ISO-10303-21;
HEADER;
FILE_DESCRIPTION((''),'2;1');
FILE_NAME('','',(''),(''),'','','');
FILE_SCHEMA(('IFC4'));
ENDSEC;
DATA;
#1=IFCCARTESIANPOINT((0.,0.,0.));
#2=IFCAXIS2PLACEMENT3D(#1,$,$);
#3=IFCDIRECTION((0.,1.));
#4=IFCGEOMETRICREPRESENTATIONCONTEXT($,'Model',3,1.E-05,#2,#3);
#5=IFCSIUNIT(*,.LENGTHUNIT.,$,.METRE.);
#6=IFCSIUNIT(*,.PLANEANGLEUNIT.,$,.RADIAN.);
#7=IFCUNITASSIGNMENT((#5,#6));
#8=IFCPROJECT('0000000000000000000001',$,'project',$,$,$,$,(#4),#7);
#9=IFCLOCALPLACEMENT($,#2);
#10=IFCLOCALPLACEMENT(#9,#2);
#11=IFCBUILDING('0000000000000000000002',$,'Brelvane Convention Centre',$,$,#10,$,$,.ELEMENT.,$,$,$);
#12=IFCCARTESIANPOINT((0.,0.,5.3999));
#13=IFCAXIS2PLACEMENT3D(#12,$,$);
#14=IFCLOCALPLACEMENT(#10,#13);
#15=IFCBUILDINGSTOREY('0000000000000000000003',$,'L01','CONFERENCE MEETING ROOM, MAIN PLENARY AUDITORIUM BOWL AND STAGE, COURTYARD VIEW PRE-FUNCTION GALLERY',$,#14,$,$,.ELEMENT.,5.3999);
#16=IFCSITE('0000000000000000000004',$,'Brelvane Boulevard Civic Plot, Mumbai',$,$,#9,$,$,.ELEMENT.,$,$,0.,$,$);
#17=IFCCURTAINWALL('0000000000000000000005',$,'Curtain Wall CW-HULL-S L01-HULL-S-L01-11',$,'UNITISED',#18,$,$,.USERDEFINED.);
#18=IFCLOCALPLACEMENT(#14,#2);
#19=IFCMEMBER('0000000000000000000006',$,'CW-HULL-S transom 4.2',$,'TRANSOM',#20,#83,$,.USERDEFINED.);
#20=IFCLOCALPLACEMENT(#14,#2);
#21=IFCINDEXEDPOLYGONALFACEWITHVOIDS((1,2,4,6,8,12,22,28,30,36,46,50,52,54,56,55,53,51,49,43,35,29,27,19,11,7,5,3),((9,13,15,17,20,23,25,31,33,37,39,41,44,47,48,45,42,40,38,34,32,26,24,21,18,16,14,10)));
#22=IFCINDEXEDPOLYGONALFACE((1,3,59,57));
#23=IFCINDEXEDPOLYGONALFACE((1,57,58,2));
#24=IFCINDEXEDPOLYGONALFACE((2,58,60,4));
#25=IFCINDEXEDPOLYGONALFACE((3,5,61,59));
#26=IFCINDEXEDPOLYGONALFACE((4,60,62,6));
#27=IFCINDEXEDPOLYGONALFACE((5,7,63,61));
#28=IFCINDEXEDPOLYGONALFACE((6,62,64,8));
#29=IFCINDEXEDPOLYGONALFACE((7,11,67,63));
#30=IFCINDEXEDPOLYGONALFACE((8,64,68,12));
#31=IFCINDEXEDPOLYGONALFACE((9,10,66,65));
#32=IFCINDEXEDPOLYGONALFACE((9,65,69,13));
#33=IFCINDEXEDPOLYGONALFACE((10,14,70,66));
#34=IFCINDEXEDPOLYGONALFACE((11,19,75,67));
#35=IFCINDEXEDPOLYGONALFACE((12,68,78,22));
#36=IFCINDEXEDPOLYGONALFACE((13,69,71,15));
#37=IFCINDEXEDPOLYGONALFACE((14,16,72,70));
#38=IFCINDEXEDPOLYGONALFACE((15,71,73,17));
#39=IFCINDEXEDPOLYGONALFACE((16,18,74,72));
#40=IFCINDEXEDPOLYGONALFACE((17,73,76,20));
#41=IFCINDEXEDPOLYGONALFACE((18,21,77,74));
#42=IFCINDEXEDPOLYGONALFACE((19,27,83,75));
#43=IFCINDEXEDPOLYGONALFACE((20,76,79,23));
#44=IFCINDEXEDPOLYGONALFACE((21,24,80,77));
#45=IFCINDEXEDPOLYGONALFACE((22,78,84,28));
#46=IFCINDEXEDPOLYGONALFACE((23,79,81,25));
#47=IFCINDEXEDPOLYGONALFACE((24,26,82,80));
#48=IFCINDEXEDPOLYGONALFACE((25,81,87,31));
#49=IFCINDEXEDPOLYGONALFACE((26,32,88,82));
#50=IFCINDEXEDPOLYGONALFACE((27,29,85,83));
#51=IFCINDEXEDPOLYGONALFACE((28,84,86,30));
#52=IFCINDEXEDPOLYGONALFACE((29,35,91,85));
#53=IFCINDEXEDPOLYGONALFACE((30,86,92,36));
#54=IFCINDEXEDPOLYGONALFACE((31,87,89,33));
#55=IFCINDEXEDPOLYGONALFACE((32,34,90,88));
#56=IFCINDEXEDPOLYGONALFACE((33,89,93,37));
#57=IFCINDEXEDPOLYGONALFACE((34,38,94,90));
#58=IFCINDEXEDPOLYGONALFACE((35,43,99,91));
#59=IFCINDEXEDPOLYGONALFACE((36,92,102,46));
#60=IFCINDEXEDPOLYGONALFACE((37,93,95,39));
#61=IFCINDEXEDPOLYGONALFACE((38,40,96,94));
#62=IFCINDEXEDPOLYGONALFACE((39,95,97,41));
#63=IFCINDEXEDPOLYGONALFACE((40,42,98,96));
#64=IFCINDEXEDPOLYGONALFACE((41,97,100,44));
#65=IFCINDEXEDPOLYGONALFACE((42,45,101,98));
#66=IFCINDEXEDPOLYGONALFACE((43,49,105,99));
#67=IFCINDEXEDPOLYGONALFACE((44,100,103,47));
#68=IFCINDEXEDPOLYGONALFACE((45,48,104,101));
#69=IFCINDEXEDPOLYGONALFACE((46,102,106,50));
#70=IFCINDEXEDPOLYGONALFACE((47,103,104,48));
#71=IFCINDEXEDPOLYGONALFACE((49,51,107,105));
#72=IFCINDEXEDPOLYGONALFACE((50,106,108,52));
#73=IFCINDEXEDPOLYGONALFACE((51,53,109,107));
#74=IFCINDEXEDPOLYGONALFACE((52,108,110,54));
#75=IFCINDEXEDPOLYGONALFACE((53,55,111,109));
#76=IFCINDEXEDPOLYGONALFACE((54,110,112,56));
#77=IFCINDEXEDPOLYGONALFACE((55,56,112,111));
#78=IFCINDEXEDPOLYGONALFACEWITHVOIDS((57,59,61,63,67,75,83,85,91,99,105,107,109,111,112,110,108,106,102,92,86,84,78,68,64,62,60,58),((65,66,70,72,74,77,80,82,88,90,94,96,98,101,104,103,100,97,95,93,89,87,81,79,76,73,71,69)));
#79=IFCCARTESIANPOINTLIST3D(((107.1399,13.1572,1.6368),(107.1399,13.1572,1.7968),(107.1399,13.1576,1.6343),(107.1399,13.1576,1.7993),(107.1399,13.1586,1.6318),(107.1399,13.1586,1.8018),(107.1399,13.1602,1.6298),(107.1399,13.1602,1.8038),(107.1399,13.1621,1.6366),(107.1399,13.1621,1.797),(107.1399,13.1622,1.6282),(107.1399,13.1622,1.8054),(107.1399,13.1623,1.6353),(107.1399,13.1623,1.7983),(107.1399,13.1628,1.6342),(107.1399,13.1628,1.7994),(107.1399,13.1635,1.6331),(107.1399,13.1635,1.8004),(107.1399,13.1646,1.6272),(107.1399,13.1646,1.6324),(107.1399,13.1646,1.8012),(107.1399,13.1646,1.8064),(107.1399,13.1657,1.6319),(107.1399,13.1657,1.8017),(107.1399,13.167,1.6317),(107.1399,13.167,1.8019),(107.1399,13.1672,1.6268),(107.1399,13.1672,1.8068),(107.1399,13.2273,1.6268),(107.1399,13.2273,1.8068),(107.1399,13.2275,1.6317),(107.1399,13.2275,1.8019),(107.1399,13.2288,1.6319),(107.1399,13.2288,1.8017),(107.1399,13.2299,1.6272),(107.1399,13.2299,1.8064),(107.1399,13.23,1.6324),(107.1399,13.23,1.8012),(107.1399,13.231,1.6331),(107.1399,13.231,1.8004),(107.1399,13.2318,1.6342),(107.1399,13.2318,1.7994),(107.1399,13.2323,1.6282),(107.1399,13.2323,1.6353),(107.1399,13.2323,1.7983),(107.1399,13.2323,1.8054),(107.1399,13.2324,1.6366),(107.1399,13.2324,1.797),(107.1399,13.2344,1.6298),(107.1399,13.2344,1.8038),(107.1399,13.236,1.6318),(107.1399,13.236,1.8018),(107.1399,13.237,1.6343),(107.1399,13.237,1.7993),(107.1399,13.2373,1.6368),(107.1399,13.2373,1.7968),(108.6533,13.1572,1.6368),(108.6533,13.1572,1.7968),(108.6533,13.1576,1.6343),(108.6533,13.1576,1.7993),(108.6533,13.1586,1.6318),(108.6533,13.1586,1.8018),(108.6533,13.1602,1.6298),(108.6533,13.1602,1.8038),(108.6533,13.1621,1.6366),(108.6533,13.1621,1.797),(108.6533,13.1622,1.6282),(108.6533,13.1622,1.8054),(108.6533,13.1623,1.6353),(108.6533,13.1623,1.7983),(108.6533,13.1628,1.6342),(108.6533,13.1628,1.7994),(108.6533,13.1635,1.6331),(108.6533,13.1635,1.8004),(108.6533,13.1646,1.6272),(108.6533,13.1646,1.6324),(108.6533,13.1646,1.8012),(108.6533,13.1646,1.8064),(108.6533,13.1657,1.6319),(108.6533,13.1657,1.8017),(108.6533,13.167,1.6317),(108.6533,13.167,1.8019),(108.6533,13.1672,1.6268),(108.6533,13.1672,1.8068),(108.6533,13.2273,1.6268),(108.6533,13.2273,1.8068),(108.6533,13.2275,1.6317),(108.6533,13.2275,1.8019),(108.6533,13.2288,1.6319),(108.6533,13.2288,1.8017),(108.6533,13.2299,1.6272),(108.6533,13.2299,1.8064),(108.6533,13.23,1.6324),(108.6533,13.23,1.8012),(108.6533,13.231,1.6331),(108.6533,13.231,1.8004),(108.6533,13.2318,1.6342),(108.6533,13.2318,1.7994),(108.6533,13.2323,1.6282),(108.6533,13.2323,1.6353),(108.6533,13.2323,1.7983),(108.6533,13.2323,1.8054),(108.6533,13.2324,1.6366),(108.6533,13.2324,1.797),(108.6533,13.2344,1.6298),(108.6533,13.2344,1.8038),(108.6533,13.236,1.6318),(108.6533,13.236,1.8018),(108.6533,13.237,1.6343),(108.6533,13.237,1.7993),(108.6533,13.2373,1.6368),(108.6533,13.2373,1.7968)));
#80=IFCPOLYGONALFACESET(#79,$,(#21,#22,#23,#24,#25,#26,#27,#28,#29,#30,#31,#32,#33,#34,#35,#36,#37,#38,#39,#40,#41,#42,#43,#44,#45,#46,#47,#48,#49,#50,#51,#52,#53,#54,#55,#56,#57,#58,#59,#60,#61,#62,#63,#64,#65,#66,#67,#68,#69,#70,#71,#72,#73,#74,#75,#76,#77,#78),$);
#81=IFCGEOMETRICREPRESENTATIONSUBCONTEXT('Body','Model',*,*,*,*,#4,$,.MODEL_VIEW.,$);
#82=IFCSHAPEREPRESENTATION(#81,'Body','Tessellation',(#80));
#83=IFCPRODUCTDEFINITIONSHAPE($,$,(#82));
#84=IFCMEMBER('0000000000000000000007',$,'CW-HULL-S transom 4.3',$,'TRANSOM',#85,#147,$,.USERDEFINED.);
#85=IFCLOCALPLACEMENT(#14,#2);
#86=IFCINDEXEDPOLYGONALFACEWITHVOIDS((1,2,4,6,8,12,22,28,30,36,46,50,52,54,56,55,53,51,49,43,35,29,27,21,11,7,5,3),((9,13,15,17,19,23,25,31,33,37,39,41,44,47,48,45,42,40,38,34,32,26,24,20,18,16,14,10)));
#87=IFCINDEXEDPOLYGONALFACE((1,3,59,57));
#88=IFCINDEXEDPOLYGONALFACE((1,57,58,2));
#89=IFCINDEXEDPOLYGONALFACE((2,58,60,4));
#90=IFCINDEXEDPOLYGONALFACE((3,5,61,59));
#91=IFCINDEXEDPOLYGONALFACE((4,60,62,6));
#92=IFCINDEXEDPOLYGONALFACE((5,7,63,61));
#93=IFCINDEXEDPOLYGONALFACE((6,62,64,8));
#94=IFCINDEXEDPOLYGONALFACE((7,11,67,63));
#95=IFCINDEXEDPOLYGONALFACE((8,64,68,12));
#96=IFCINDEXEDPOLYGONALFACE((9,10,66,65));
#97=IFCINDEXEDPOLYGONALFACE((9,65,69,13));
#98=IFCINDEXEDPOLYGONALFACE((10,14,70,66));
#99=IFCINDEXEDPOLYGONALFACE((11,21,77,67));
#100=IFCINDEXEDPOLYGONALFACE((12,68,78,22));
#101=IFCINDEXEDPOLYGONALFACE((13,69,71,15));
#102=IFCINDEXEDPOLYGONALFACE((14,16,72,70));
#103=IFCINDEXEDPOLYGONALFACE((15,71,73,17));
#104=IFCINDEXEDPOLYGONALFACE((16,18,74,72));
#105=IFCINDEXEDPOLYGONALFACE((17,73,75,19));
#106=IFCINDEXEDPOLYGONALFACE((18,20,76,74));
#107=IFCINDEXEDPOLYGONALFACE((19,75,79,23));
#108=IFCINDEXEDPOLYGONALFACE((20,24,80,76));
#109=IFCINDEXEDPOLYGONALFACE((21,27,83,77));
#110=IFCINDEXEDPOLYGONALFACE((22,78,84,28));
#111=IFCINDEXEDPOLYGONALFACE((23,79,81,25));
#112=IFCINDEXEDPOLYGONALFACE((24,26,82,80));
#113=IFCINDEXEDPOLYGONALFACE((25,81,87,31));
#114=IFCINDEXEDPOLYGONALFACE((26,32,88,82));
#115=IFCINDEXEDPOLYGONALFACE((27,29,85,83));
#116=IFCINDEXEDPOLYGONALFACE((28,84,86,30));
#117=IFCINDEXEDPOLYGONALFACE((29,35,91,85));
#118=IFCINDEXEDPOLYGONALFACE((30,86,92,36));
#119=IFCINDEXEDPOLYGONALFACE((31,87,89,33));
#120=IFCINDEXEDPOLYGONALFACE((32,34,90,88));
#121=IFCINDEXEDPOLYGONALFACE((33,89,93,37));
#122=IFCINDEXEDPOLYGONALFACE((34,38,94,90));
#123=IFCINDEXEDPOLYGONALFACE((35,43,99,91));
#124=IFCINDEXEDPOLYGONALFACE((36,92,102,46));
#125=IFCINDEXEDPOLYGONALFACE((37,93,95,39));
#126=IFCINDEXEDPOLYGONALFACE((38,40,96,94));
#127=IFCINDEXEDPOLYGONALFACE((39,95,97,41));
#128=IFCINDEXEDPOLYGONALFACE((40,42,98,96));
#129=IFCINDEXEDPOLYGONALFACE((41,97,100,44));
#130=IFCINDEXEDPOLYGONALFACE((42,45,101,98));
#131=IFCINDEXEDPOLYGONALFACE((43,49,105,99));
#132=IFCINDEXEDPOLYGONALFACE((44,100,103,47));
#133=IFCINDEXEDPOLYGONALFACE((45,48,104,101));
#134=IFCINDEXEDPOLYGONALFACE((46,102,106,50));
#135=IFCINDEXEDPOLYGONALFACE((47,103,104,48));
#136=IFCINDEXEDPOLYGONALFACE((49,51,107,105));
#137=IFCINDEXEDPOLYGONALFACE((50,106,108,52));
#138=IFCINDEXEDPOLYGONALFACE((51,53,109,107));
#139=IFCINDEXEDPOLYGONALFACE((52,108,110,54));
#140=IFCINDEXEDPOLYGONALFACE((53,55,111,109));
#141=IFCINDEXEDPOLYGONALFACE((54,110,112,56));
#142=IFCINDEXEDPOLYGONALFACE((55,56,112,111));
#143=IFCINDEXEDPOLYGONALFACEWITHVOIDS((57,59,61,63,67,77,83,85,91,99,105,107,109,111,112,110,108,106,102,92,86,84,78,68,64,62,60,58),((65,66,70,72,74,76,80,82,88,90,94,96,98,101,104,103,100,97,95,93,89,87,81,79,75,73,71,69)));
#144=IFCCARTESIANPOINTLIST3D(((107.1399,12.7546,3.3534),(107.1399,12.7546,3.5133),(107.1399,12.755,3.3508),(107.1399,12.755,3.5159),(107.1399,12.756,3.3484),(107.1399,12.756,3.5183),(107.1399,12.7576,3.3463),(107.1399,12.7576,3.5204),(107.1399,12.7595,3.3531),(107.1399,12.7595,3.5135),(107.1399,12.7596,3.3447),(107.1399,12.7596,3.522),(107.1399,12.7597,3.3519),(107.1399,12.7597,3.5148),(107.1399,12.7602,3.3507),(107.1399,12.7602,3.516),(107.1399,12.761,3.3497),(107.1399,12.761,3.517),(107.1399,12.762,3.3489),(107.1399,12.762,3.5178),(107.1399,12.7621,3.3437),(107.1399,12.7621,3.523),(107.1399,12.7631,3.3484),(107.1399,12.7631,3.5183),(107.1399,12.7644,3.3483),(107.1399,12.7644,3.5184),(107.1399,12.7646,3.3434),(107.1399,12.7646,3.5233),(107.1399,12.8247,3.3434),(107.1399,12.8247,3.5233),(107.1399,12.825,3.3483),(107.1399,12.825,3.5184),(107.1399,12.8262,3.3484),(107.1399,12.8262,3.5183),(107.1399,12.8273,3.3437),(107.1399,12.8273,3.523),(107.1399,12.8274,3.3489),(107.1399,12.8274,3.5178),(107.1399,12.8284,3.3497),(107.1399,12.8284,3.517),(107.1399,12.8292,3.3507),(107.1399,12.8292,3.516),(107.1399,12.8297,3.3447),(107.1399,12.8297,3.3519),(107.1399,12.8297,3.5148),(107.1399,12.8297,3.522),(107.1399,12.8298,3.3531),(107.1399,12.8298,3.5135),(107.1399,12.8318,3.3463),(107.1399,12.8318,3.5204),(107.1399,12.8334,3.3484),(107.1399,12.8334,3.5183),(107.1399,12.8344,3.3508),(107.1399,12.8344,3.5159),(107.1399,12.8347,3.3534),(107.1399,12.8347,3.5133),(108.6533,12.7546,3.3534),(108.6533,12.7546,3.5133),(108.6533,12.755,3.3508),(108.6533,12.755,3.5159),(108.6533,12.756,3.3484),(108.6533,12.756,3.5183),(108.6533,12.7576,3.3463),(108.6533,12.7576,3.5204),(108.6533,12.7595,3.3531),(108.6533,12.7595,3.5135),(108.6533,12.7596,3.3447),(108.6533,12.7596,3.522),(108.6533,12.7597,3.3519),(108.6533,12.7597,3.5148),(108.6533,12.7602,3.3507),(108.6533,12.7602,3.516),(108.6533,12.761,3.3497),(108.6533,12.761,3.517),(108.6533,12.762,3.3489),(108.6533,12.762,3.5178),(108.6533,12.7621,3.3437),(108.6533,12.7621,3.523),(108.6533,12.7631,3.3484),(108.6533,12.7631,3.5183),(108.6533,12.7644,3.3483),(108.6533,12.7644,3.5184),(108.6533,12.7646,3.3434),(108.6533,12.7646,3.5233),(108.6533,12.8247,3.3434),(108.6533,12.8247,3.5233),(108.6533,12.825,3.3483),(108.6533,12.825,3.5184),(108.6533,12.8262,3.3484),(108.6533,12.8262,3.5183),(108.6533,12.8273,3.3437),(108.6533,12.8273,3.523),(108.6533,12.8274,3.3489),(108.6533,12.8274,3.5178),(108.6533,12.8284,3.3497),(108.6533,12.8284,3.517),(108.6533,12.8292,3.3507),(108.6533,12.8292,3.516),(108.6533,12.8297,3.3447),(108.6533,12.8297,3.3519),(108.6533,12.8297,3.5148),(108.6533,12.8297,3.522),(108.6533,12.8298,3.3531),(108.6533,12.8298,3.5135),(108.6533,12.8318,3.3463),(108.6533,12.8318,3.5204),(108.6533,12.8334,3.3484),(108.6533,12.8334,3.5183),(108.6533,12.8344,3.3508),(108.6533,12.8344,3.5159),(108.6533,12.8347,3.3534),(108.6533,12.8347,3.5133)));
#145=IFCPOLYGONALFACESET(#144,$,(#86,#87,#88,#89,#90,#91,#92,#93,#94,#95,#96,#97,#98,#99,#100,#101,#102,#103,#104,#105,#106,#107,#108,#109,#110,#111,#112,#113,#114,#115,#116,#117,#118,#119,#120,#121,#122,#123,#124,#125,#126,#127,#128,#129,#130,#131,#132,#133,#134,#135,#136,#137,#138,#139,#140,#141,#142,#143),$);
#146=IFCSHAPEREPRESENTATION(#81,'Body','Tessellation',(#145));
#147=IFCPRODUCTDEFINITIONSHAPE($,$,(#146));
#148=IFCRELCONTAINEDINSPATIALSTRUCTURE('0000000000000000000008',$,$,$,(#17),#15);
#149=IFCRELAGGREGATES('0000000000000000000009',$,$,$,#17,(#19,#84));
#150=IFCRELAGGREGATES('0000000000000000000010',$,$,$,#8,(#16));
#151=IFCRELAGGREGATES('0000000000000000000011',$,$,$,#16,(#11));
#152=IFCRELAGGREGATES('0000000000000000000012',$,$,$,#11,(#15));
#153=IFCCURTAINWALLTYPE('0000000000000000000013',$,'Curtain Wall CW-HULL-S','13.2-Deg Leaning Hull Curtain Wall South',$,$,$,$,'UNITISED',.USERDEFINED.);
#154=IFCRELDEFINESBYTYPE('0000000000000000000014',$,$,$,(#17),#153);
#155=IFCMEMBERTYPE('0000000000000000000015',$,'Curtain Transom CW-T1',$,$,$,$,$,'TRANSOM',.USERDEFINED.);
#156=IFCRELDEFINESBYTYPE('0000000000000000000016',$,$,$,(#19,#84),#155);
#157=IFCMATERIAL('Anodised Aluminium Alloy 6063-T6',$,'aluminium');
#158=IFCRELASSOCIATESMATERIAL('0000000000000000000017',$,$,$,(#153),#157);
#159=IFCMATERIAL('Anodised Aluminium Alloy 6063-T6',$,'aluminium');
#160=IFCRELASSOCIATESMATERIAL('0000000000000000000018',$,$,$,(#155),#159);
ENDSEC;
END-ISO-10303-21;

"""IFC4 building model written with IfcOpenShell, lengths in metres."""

from ifc_helpers import new_model, si_unit, direction, frame, origin, origin_2d, place, context, subcontext, project, spatial, hollow_rectangle, extrude, material, material_profile, profile_set, type_object, element, aggregate, save


model = new_model("IFC4")

# Units and contexts
model_context = context("Model", 3, precision=1e-05, world=origin(), true_north=direction((0.0, 1.0)))
body_context = subcontext(model_context, "Body", "Model", "MODEL_VIEW")
ifc_project = project(units=[si_unit("LENGTHUNIT", "METRE"), si_unit("PLANEANGLEUNIT", "RADIAN")], contexts=[model_context])

# Site, building, storey
site_placement = place(None, origin())
site = spatial("IfcSite", under=ifc_project, at=site_placement, Name="Brelvane Boulevard Civic Plot, Mumbai", CompositionType="ELEMENT", RefElevation=0.0)
building_placement = place(site_placement, origin())
building = spatial("IfcBuilding", under=site, at=building_placement, Name="Brelvane Convention Centre", CompositionType="ELEMENT")
storey_placement = place(building_placement, frame((0.0, 0.0, 5.3999)))
storey = spatial("IfcBuildingStorey", under=building, at=storey_placement, Name="L01", Description="CONFERENCE MEETING ROOM, MAIN PLENARY AUDITORIUM BOWL AND STAGE, COURTYARD VIEW PRE-FUNCTION GALLERY", CompositionType="ELEMENT", Elevation=5.3999)

# Curtain wall, members
ifc_material_1 = material(Name="Anodised Aluminium Alloy 6063-T6", Category="aluminium")
curtain_wall_type = type_object("IfcCurtainWallType", Name="Curtain Wall CW-HULL-S", Description="13.2-Deg Leaning Hull Curtain Wall South", ElementType="UNITISED", PredefinedType="USERDEFINED", material=ifc_material_1)
ifc_material_2 = material(Name="Anodised Aluminium Alloy 6063-T6", Category="aluminium")
ifc_material_profile = material_profile(ifc_material_2, hollow_rectangle(XDim=0.0801, YDim=0.1799, WallThickness=0.0049, InnerFilletRadius=0.0049, OuterFilletRadius=0.01, at=origin_2d()), Name="ALU-T 180x80x5.0")
ifc_profile_set = profile_set([ifc_material_profile], Name="Anodised Aluminium Alloy 6063-T6")
member_type = type_object("IfcMemberType", Name="Curtain Transom CW-T1", ElementType="TRANSOM", PredefinedType="USERDEFINED", material=ifc_profile_set)
curtain_wall_1_placement = place(storey_placement, origin())
curtain_wall_1 = element("IfcCurtainWall", 1, at=curtain_wall_1_placement, inside=storey, type_object=curtain_wall_type, Name="Curtain Wall CW-HULL-S L01-HULL-S-L01-11", ObjectType="UNITISED", PredefinedType="USERDEFINED")
member_1_placement = place(storey_placement, frame((107.1399, 13.1973, 1.7168), z_axis=(1.0, 0.0, 0.0), x_axis=(0.0, 1.0, 0.0)))
member_1 = element("IfcMember", 2, at=member_1_placement, type_object=member_type, Name="CW-HULL-S transom 4.2", ObjectType="TRANSOM", PredefinedType="USERDEFINED", context=body_context, shape_type="SweptSolid", body=[
    extrude(hollow_rectangle(XDim=0.0801, YDim=0.1799, WallThickness=0.0049, InnerFilletRadius=0.0049, OuterFilletRadius=0.01, at=origin_2d()), origin(), (0.0, 0.0, 1.0), 1.5134),
])
member_2_placement = place(storey_placement, frame((107.1399, 12.7947, 3.4333), z_axis=(1.0, 0.0, 0.0), x_axis=(0.0, 1.0, 0.0)))
member_2 = element("IfcMember", 3, at=member_2_placement, type_object=member_type, Name="CW-HULL-S transom 4.3", ObjectType="TRANSOM", PredefinedType="USERDEFINED", context=body_context, shape_type="SweptSolid", body=[
    extrude(hollow_rectangle(XDim=0.0801, YDim=0.1799, WallThickness=0.0049, InnerFilletRadius=0.0049, OuterFilletRadius=0.01, at=origin_2d()), origin(), (0.0, 0.0, 1.0), 1.5134),
])

aggregate(curtain_wall_1, [member_1, member_2])

save(model, "model.ifc")
